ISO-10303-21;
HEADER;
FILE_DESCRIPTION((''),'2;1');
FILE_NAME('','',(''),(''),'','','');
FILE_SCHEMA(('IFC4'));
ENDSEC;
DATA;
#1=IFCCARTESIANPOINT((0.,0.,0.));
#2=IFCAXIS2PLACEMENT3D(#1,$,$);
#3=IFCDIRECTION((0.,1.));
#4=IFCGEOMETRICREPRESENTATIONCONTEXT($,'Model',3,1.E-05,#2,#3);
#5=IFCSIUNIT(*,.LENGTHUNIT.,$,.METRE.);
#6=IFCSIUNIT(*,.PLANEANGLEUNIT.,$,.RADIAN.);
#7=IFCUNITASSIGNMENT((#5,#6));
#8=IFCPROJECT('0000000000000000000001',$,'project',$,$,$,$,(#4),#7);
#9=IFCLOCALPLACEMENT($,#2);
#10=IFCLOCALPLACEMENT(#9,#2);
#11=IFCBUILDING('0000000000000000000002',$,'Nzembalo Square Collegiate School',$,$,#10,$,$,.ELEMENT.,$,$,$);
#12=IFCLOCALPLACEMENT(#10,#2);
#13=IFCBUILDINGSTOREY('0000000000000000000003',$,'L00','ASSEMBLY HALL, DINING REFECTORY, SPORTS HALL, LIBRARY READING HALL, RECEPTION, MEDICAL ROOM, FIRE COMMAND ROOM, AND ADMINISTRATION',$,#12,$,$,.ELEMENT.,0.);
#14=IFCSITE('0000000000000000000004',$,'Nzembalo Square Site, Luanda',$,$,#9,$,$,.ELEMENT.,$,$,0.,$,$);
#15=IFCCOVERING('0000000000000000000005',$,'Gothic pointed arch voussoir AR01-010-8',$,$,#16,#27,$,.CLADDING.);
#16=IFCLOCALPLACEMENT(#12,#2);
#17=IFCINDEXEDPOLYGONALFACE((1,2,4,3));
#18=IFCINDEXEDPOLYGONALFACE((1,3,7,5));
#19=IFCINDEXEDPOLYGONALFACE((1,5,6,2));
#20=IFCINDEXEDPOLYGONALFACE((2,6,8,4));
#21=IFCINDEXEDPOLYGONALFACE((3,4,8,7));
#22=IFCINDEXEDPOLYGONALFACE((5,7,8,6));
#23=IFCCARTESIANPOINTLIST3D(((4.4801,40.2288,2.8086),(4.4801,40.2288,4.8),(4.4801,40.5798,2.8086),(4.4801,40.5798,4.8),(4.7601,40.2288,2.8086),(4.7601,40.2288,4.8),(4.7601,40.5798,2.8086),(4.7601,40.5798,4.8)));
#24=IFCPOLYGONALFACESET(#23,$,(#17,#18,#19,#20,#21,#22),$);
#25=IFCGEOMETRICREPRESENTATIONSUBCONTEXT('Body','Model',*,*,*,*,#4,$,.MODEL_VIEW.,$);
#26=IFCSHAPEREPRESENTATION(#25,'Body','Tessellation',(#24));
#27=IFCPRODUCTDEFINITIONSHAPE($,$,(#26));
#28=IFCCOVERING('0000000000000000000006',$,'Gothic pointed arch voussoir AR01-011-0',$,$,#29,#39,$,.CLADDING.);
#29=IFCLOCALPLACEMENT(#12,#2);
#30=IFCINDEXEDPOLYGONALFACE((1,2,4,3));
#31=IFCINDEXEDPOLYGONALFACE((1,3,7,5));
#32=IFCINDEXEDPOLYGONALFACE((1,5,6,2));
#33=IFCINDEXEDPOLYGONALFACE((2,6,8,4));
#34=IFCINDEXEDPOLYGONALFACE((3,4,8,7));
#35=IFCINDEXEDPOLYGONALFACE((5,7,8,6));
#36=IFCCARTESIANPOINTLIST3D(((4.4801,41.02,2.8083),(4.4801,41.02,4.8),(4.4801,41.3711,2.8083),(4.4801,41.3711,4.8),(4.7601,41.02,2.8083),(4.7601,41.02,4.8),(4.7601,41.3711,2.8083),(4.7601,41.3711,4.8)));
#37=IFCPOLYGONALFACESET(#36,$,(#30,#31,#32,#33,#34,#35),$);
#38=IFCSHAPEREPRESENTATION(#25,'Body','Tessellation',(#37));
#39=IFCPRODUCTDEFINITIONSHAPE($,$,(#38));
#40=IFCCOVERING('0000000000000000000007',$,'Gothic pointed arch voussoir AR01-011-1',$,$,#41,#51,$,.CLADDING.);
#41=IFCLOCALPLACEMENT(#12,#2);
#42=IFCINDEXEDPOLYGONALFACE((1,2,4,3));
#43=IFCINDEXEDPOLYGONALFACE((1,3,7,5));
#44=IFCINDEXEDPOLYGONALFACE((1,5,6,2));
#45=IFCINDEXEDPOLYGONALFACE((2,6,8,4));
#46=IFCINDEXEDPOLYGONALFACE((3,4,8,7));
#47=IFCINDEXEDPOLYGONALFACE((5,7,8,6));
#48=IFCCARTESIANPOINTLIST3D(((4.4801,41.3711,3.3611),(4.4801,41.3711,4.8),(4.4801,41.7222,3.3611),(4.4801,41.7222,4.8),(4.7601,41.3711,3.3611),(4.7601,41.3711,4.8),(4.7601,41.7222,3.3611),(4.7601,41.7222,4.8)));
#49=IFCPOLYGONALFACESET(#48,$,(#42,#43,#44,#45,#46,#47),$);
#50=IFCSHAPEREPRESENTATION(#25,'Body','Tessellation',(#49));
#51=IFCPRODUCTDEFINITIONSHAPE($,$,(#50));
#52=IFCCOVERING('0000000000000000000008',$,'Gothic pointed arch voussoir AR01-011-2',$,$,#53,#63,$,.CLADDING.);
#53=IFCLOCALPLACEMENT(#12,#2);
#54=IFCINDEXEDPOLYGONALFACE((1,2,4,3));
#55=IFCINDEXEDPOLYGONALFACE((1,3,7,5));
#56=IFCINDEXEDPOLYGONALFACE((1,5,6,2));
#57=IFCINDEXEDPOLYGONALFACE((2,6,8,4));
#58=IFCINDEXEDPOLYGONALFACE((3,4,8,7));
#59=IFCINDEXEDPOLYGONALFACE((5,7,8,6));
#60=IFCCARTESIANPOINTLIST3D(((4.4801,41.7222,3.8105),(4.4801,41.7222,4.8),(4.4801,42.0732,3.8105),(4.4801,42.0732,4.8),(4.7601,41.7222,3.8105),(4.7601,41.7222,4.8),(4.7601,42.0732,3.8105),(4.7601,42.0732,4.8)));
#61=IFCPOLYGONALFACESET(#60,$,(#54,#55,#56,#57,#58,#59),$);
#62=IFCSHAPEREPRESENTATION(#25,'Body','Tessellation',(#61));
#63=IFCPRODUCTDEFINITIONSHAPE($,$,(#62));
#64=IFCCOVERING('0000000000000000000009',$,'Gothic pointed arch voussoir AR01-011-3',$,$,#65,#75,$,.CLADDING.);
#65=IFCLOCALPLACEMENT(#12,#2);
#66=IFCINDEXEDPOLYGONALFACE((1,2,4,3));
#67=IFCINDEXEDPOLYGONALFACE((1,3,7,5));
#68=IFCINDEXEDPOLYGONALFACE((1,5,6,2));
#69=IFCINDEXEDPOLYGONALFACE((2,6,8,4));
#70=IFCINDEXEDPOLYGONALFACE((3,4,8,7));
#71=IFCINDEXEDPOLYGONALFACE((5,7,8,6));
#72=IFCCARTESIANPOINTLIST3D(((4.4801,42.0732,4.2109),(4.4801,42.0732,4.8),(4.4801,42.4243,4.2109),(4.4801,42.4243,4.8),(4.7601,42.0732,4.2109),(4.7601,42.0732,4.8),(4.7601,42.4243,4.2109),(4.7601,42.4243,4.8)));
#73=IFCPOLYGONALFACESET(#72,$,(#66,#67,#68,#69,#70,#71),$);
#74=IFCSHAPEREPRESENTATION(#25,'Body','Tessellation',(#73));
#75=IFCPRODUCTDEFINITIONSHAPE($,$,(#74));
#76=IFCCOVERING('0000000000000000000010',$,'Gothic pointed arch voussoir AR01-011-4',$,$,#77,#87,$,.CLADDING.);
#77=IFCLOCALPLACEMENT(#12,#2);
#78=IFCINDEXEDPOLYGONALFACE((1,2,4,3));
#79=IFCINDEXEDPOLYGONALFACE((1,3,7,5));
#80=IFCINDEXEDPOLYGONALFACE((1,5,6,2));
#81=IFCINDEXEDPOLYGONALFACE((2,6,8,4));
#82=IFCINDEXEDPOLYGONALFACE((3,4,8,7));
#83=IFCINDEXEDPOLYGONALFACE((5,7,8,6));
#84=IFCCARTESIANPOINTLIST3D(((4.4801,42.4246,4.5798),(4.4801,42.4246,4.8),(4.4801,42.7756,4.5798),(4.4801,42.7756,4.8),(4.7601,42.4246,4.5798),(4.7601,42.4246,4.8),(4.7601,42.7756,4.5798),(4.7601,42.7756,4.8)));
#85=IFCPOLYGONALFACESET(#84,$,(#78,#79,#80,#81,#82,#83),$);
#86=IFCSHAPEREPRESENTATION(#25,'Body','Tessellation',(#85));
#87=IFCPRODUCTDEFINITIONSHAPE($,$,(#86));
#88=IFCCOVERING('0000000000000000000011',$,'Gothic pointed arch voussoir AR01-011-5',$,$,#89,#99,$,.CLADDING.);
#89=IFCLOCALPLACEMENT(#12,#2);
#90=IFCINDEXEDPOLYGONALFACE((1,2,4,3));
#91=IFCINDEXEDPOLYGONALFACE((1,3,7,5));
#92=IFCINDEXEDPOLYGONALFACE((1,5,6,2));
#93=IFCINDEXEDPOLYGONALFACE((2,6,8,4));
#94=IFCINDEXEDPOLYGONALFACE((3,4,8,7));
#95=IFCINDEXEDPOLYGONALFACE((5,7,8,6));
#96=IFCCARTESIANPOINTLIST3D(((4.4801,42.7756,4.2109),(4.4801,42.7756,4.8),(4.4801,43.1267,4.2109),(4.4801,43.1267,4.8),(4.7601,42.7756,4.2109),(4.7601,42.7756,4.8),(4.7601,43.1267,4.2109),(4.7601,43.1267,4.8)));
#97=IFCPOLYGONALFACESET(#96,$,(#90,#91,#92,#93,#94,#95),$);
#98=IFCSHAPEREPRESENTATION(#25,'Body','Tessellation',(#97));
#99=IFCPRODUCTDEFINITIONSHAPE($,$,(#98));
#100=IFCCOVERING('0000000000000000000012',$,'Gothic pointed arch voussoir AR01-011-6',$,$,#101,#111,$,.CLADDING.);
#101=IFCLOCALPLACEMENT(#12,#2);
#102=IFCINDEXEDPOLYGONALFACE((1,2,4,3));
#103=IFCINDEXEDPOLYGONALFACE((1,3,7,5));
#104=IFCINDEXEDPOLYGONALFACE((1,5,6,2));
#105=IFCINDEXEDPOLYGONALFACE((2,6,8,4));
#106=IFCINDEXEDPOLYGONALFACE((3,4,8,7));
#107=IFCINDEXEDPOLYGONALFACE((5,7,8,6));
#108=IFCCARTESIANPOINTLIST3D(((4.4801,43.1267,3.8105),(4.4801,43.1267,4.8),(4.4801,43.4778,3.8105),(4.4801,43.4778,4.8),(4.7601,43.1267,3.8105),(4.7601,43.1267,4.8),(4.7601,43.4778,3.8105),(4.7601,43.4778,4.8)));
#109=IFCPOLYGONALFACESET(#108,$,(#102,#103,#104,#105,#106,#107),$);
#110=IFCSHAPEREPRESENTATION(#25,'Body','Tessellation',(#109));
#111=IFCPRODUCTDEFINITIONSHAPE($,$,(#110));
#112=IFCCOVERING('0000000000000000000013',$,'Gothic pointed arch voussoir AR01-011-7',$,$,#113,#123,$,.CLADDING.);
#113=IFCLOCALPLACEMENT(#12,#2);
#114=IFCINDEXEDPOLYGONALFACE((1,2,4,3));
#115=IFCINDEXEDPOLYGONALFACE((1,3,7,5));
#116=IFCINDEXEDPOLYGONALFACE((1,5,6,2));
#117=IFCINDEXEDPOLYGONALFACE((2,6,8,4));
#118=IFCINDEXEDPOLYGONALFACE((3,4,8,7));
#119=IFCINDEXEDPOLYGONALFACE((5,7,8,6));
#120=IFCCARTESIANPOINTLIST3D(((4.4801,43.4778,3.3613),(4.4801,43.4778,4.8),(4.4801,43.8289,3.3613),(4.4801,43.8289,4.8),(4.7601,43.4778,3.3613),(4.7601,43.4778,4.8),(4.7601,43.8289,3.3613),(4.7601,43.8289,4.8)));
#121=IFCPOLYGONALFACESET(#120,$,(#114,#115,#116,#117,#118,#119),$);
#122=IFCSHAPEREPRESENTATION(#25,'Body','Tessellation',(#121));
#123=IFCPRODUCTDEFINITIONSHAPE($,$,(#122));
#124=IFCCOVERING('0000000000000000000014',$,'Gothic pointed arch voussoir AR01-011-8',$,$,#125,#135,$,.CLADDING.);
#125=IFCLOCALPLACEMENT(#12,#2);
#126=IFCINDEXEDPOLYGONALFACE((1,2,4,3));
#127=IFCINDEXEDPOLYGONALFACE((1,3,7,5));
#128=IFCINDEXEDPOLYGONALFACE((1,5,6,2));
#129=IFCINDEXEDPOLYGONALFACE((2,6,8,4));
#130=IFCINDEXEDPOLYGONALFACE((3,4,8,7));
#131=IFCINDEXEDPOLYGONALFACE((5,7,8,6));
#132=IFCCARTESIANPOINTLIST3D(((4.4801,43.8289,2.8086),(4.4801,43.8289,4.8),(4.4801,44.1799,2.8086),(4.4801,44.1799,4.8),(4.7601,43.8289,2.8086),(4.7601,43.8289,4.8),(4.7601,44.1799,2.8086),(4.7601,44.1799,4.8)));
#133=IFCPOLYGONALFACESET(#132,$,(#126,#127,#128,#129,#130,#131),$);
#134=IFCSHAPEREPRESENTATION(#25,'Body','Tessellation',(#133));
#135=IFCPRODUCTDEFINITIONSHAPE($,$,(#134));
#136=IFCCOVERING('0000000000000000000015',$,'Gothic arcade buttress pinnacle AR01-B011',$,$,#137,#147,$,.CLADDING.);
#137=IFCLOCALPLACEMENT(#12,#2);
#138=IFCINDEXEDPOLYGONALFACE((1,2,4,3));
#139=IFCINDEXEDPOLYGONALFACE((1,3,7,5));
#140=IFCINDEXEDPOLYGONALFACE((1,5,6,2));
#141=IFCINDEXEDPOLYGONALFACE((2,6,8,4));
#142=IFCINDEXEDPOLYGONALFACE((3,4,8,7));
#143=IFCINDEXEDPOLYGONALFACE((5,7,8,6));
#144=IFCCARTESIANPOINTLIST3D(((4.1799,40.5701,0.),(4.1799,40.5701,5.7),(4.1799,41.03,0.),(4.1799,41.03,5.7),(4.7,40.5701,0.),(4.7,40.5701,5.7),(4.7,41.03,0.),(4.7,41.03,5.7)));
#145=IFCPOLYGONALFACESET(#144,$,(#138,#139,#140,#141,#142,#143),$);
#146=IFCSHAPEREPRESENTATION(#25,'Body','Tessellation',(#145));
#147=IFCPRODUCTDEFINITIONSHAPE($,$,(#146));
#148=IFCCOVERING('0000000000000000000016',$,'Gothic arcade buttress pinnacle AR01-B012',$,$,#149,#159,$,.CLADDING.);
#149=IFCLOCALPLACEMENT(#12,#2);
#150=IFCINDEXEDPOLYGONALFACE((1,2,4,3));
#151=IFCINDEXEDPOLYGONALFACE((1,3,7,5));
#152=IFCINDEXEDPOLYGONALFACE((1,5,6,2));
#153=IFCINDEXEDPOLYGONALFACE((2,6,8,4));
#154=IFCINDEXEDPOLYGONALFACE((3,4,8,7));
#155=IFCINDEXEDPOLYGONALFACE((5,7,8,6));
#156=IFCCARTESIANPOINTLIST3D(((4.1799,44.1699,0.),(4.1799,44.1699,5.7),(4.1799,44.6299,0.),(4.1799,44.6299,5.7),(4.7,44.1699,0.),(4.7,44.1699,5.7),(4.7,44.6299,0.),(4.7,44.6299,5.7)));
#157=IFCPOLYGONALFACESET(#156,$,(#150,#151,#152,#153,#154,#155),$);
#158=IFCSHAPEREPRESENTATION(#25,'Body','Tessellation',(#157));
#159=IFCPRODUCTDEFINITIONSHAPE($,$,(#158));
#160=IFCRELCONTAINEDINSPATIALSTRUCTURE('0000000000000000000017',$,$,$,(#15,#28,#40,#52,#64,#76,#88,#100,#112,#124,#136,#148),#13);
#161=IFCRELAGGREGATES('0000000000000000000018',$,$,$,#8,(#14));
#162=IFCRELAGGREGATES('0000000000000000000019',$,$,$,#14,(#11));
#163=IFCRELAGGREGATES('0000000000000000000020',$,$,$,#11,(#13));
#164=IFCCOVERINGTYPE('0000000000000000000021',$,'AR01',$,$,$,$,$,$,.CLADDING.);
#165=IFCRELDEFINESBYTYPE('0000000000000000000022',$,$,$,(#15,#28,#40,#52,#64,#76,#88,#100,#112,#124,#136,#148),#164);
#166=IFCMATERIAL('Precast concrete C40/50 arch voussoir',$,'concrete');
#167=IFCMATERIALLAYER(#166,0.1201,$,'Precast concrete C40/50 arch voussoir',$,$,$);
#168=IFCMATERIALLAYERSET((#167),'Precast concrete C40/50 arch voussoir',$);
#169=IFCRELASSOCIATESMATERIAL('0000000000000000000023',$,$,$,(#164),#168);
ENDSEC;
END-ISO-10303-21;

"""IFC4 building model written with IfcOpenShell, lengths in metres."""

from ifc_helpers import new_model, si_unit, direction, frame, origin, origin_2d, place, context, subcontext, project, spatial, rectangle, extrude, material, layer, layer_set, type_object, element, save


model = new_model("IFC4")

# Units and contexts
model_context = context("Model", 3, precision=1e-05, world=origin(), true_north=direction((0.0, 1.0)))
body_context = subcontext(model_context, "Body", "Model", "MODEL_VIEW")
ifc_project = project(units=[si_unit("LENGTHUNIT", "METRE"), si_unit("PLANEANGLEUNIT", "RADIAN")], contexts=[model_context])

# Site, building, storey
site_placement = place(None, origin())
site = spatial("IfcSite", under=ifc_project, at=site_placement, Name="Nzembalo Square Site, Luanda", CompositionType="ELEMENT", RefElevation=0.0)
building_placement = place(site_placement, origin())
building = spatial("IfcBuilding", under=site, at=building_placement, Name="Nzembalo Square Collegiate School", CompositionType="ELEMENT")
storey_placement = place(building_placement, origin())
storey = spatial("IfcBuildingStorey", under=building, at=storey_placement, Name="L00", Description="ASSEMBLY HALL, DINING REFECTORY, SPORTS HALL, LIBRARY READING HALL, RECEPTION, MEDICAL ROOM, FIRE COMMAND ROOM, AND ADMINISTRATION", CompositionType="ELEMENT", Elevation=0.0)

# Coverings
ifc_material_1 = material(Name="Precast concrete C40/50 arch voussoir", Category="concrete")
ifc_layer_1 = layer(ifc_material_1, 0.1201, Name="Precast concrete C40/50 arch voussoir")
ifc_layer_set_1 = layer_set([ifc_layer_1], Name="Precast concrete C40/50 arch voussoir")
covering_type = type_object("IfcCoveringType", Name="AR01", PredefinedType="CLADDING", material=ifc_layer_set_1)
covering_1_placement = place(storey_placement, frame((4.6201, 40.4043, 2.8086), z_axis=(0.0, 0.0, 1.0), x_axis=(1.0, 0.0, 0.0)))
element("IfcCovering", 1, at=covering_1_placement, inside=storey, type_object=covering_type, Name="Gothic pointed arch voussoir AR01-010-8", PredefinedType="CLADDING", context=body_context, shape_type="SweptSolid", body=[
    extrude(rectangle(XDim=0.28, YDim=0.3511, at=origin_2d()), origin(), (0.0, 0.0, 1.0), 1.9915),
])
covering_2_placement = place(storey_placement, frame((4.6201, 41.1956, 2.8083), z_axis=(0.0, 0.0, 1.0), x_axis=(1.0, 0.0, 0.0)))
element("IfcCovering", 2, at=covering_2_placement, inside=storey, type_object=covering_type, Name="Gothic pointed arch voussoir AR01-011-0", PredefinedType="CLADDING", context=body_context, shape_type="SweptSolid", body=[
    extrude(rectangle(XDim=0.28, YDim=0.3511, at=origin_2d()), origin(), (0.0, 0.0, 1.0), 1.9917),
])
covering_3_placement = place(storey_placement, frame((4.6201, 41.5466, 3.3611), z_axis=(0.0, 0.0, 1.0), x_axis=(1.0, 0.0, 0.0)))
element("IfcCovering", 3, at=covering_3_placement, inside=storey, type_object=covering_type, Name="Gothic pointed arch voussoir AR01-011-1", PredefinedType="CLADDING", context=body_context, shape_type="SweptSolid", body=[
    extrude(rectangle(XDim=0.28, YDim=0.3511, at=origin_2d()), origin(), (0.0, 0.0, 1.0), 1.439),
])
covering_4_placement = place(storey_placement, frame((4.6201, 41.8977, 3.8105), z_axis=(0.0, 0.0, 1.0), x_axis=(1.0, 0.0, 0.0)))
element("IfcCovering", 4, at=covering_4_placement, inside=storey, type_object=covering_type, Name="Gothic pointed arch voussoir AR01-011-2", PredefinedType="CLADDING", context=body_context, shape_type="SweptSolid", body=[
    extrude(rectangle(XDim=0.28, YDim=0.3511, at=origin_2d()), origin(), (0.0, 0.0, 1.0), 0.9895),
])
covering_5_placement = place(storey_placement, frame((4.6201, 42.2488, 4.2109), z_axis=(0.0, 0.0, 1.0), x_axis=(1.0, 0.0, 0.0)))
element("IfcCovering", 5, at=covering_5_placement, inside=storey, type_object=covering_type, Name="Gothic pointed arch voussoir AR01-011-3", PredefinedType="CLADDING", context=body_context, shape_type="SweptSolid", body=[
    extrude(rectangle(XDim=0.28, YDim=0.3511, at=origin_2d()), origin(), (0.0, 0.0, 1.0), 0.5891),
])
covering_6_placement = place(storey_placement, frame((4.6201, 42.6001, 4.5798), z_axis=(0.0, 0.0, 1.0), x_axis=(1.0, 0.0, 0.0)))
element("IfcCovering", 6, at=covering_6_placement, inside=storey, type_object=covering_type, Name="Gothic pointed arch voussoir AR01-011-4", PredefinedType="CLADDING", context=body_context, shape_type="SweptSolid", body=[
    extrude(rectangle(XDim=0.28, YDim=0.3511, at=origin_2d()), origin(), (0.0, 0.0, 1.0), 0.2202),
])
covering_7_placement = place(storey_placement, frame((4.6201, 42.9512, 4.2109), z_axis=(0.0, 0.0, 1.0), x_axis=(1.0, 0.0, 0.0)))
element("IfcCovering", 7, at=covering_7_placement, inside=storey, type_object=covering_type, Name="Gothic pointed arch voussoir AR01-011-5", PredefinedType="CLADDING", context=body_context, shape_type="SweptSolid", body=[
    extrude(rectangle(XDim=0.28, YDim=0.3511, at=origin_2d()), origin(), (0.0, 0.0, 1.0), 0.5891),
])
covering_8_placement = place(storey_placement, frame((4.6201, 43.3022, 3.8105), z_axis=(0.0, 0.0, 1.0), x_axis=(1.0, 0.0, 0.0)))
element("IfcCovering", 8, at=covering_8_placement, inside=storey, type_object=covering_type, Name="Gothic pointed arch voussoir AR01-011-6", PredefinedType="CLADDING", context=body_context, shape_type="SweptSolid", body=[
    extrude(rectangle(XDim=0.28, YDim=0.3511, at=origin_2d()), origin(), (0.0, 0.0, 1.0), 0.9895),
])
covering_9_placement = place(storey_placement, frame((4.6201, 43.6533, 3.3613), z_axis=(0.0, 0.0, 1.0), x_axis=(1.0, 0.0, 0.0)))
element("IfcCovering", 9, at=covering_9_placement, inside=storey, type_object=covering_type, Name="Gothic pointed arch voussoir AR01-011-7", PredefinedType="CLADDING", context=body_context, shape_type="SweptSolid", body=[
    extrude(rectangle(XDim=0.28, YDim=0.3511, at=origin_2d()), origin(), (0.0, 0.0, 1.0), 1.4387),
])
covering_10_placement = place(storey_placement, frame((4.6201, 44.0044, 2.8086), z_axis=(0.0, 0.0, 1.0), x_axis=(1.0, 0.0, 0.0)))
element("IfcCovering", 10, at=covering_10_placement, inside=storey, type_object=covering_type, Name="Gothic pointed arch voussoir AR01-011-8", PredefinedType="CLADDING", context=body_context, shape_type="SweptSolid", body=[
    extrude(rectangle(XDim=0.28, YDim=0.3511, at=origin_2d()), origin(), (0.0, 0.0, 1.0), 1.9915),
])
for number, where, z_axis, x_axis, name in (
    (11, (4.4399, 40.8, 0.0), (0.0, 0.0, 1.0), (1.0, 0.0, 0.0), "Gothic arcade buttress pinnacle AR01-B011"),
    (12, (4.4399, 44.3999, 0.0), (0.0, 0.0, 1.0), (1.0, 0.0, 0.0), "Gothic arcade buttress pinnacle AR01-B012"),
):
    element("IfcCovering", number, at=place(storey_placement, frame(where, z_axis=z_axis, x_axis=x_axis)), inside=storey, type_object=covering_type, Name=name, PredefinedType="CLADDING", context=body_context, shape_type="SweptSolid", body=[
        extrude(rectangle(XDim=0.52, YDim=0.46, at=origin_2d()), origin(), (0.0, 0.0, 1.0), 5.7),
    ])

save(model, "model.ifc")
